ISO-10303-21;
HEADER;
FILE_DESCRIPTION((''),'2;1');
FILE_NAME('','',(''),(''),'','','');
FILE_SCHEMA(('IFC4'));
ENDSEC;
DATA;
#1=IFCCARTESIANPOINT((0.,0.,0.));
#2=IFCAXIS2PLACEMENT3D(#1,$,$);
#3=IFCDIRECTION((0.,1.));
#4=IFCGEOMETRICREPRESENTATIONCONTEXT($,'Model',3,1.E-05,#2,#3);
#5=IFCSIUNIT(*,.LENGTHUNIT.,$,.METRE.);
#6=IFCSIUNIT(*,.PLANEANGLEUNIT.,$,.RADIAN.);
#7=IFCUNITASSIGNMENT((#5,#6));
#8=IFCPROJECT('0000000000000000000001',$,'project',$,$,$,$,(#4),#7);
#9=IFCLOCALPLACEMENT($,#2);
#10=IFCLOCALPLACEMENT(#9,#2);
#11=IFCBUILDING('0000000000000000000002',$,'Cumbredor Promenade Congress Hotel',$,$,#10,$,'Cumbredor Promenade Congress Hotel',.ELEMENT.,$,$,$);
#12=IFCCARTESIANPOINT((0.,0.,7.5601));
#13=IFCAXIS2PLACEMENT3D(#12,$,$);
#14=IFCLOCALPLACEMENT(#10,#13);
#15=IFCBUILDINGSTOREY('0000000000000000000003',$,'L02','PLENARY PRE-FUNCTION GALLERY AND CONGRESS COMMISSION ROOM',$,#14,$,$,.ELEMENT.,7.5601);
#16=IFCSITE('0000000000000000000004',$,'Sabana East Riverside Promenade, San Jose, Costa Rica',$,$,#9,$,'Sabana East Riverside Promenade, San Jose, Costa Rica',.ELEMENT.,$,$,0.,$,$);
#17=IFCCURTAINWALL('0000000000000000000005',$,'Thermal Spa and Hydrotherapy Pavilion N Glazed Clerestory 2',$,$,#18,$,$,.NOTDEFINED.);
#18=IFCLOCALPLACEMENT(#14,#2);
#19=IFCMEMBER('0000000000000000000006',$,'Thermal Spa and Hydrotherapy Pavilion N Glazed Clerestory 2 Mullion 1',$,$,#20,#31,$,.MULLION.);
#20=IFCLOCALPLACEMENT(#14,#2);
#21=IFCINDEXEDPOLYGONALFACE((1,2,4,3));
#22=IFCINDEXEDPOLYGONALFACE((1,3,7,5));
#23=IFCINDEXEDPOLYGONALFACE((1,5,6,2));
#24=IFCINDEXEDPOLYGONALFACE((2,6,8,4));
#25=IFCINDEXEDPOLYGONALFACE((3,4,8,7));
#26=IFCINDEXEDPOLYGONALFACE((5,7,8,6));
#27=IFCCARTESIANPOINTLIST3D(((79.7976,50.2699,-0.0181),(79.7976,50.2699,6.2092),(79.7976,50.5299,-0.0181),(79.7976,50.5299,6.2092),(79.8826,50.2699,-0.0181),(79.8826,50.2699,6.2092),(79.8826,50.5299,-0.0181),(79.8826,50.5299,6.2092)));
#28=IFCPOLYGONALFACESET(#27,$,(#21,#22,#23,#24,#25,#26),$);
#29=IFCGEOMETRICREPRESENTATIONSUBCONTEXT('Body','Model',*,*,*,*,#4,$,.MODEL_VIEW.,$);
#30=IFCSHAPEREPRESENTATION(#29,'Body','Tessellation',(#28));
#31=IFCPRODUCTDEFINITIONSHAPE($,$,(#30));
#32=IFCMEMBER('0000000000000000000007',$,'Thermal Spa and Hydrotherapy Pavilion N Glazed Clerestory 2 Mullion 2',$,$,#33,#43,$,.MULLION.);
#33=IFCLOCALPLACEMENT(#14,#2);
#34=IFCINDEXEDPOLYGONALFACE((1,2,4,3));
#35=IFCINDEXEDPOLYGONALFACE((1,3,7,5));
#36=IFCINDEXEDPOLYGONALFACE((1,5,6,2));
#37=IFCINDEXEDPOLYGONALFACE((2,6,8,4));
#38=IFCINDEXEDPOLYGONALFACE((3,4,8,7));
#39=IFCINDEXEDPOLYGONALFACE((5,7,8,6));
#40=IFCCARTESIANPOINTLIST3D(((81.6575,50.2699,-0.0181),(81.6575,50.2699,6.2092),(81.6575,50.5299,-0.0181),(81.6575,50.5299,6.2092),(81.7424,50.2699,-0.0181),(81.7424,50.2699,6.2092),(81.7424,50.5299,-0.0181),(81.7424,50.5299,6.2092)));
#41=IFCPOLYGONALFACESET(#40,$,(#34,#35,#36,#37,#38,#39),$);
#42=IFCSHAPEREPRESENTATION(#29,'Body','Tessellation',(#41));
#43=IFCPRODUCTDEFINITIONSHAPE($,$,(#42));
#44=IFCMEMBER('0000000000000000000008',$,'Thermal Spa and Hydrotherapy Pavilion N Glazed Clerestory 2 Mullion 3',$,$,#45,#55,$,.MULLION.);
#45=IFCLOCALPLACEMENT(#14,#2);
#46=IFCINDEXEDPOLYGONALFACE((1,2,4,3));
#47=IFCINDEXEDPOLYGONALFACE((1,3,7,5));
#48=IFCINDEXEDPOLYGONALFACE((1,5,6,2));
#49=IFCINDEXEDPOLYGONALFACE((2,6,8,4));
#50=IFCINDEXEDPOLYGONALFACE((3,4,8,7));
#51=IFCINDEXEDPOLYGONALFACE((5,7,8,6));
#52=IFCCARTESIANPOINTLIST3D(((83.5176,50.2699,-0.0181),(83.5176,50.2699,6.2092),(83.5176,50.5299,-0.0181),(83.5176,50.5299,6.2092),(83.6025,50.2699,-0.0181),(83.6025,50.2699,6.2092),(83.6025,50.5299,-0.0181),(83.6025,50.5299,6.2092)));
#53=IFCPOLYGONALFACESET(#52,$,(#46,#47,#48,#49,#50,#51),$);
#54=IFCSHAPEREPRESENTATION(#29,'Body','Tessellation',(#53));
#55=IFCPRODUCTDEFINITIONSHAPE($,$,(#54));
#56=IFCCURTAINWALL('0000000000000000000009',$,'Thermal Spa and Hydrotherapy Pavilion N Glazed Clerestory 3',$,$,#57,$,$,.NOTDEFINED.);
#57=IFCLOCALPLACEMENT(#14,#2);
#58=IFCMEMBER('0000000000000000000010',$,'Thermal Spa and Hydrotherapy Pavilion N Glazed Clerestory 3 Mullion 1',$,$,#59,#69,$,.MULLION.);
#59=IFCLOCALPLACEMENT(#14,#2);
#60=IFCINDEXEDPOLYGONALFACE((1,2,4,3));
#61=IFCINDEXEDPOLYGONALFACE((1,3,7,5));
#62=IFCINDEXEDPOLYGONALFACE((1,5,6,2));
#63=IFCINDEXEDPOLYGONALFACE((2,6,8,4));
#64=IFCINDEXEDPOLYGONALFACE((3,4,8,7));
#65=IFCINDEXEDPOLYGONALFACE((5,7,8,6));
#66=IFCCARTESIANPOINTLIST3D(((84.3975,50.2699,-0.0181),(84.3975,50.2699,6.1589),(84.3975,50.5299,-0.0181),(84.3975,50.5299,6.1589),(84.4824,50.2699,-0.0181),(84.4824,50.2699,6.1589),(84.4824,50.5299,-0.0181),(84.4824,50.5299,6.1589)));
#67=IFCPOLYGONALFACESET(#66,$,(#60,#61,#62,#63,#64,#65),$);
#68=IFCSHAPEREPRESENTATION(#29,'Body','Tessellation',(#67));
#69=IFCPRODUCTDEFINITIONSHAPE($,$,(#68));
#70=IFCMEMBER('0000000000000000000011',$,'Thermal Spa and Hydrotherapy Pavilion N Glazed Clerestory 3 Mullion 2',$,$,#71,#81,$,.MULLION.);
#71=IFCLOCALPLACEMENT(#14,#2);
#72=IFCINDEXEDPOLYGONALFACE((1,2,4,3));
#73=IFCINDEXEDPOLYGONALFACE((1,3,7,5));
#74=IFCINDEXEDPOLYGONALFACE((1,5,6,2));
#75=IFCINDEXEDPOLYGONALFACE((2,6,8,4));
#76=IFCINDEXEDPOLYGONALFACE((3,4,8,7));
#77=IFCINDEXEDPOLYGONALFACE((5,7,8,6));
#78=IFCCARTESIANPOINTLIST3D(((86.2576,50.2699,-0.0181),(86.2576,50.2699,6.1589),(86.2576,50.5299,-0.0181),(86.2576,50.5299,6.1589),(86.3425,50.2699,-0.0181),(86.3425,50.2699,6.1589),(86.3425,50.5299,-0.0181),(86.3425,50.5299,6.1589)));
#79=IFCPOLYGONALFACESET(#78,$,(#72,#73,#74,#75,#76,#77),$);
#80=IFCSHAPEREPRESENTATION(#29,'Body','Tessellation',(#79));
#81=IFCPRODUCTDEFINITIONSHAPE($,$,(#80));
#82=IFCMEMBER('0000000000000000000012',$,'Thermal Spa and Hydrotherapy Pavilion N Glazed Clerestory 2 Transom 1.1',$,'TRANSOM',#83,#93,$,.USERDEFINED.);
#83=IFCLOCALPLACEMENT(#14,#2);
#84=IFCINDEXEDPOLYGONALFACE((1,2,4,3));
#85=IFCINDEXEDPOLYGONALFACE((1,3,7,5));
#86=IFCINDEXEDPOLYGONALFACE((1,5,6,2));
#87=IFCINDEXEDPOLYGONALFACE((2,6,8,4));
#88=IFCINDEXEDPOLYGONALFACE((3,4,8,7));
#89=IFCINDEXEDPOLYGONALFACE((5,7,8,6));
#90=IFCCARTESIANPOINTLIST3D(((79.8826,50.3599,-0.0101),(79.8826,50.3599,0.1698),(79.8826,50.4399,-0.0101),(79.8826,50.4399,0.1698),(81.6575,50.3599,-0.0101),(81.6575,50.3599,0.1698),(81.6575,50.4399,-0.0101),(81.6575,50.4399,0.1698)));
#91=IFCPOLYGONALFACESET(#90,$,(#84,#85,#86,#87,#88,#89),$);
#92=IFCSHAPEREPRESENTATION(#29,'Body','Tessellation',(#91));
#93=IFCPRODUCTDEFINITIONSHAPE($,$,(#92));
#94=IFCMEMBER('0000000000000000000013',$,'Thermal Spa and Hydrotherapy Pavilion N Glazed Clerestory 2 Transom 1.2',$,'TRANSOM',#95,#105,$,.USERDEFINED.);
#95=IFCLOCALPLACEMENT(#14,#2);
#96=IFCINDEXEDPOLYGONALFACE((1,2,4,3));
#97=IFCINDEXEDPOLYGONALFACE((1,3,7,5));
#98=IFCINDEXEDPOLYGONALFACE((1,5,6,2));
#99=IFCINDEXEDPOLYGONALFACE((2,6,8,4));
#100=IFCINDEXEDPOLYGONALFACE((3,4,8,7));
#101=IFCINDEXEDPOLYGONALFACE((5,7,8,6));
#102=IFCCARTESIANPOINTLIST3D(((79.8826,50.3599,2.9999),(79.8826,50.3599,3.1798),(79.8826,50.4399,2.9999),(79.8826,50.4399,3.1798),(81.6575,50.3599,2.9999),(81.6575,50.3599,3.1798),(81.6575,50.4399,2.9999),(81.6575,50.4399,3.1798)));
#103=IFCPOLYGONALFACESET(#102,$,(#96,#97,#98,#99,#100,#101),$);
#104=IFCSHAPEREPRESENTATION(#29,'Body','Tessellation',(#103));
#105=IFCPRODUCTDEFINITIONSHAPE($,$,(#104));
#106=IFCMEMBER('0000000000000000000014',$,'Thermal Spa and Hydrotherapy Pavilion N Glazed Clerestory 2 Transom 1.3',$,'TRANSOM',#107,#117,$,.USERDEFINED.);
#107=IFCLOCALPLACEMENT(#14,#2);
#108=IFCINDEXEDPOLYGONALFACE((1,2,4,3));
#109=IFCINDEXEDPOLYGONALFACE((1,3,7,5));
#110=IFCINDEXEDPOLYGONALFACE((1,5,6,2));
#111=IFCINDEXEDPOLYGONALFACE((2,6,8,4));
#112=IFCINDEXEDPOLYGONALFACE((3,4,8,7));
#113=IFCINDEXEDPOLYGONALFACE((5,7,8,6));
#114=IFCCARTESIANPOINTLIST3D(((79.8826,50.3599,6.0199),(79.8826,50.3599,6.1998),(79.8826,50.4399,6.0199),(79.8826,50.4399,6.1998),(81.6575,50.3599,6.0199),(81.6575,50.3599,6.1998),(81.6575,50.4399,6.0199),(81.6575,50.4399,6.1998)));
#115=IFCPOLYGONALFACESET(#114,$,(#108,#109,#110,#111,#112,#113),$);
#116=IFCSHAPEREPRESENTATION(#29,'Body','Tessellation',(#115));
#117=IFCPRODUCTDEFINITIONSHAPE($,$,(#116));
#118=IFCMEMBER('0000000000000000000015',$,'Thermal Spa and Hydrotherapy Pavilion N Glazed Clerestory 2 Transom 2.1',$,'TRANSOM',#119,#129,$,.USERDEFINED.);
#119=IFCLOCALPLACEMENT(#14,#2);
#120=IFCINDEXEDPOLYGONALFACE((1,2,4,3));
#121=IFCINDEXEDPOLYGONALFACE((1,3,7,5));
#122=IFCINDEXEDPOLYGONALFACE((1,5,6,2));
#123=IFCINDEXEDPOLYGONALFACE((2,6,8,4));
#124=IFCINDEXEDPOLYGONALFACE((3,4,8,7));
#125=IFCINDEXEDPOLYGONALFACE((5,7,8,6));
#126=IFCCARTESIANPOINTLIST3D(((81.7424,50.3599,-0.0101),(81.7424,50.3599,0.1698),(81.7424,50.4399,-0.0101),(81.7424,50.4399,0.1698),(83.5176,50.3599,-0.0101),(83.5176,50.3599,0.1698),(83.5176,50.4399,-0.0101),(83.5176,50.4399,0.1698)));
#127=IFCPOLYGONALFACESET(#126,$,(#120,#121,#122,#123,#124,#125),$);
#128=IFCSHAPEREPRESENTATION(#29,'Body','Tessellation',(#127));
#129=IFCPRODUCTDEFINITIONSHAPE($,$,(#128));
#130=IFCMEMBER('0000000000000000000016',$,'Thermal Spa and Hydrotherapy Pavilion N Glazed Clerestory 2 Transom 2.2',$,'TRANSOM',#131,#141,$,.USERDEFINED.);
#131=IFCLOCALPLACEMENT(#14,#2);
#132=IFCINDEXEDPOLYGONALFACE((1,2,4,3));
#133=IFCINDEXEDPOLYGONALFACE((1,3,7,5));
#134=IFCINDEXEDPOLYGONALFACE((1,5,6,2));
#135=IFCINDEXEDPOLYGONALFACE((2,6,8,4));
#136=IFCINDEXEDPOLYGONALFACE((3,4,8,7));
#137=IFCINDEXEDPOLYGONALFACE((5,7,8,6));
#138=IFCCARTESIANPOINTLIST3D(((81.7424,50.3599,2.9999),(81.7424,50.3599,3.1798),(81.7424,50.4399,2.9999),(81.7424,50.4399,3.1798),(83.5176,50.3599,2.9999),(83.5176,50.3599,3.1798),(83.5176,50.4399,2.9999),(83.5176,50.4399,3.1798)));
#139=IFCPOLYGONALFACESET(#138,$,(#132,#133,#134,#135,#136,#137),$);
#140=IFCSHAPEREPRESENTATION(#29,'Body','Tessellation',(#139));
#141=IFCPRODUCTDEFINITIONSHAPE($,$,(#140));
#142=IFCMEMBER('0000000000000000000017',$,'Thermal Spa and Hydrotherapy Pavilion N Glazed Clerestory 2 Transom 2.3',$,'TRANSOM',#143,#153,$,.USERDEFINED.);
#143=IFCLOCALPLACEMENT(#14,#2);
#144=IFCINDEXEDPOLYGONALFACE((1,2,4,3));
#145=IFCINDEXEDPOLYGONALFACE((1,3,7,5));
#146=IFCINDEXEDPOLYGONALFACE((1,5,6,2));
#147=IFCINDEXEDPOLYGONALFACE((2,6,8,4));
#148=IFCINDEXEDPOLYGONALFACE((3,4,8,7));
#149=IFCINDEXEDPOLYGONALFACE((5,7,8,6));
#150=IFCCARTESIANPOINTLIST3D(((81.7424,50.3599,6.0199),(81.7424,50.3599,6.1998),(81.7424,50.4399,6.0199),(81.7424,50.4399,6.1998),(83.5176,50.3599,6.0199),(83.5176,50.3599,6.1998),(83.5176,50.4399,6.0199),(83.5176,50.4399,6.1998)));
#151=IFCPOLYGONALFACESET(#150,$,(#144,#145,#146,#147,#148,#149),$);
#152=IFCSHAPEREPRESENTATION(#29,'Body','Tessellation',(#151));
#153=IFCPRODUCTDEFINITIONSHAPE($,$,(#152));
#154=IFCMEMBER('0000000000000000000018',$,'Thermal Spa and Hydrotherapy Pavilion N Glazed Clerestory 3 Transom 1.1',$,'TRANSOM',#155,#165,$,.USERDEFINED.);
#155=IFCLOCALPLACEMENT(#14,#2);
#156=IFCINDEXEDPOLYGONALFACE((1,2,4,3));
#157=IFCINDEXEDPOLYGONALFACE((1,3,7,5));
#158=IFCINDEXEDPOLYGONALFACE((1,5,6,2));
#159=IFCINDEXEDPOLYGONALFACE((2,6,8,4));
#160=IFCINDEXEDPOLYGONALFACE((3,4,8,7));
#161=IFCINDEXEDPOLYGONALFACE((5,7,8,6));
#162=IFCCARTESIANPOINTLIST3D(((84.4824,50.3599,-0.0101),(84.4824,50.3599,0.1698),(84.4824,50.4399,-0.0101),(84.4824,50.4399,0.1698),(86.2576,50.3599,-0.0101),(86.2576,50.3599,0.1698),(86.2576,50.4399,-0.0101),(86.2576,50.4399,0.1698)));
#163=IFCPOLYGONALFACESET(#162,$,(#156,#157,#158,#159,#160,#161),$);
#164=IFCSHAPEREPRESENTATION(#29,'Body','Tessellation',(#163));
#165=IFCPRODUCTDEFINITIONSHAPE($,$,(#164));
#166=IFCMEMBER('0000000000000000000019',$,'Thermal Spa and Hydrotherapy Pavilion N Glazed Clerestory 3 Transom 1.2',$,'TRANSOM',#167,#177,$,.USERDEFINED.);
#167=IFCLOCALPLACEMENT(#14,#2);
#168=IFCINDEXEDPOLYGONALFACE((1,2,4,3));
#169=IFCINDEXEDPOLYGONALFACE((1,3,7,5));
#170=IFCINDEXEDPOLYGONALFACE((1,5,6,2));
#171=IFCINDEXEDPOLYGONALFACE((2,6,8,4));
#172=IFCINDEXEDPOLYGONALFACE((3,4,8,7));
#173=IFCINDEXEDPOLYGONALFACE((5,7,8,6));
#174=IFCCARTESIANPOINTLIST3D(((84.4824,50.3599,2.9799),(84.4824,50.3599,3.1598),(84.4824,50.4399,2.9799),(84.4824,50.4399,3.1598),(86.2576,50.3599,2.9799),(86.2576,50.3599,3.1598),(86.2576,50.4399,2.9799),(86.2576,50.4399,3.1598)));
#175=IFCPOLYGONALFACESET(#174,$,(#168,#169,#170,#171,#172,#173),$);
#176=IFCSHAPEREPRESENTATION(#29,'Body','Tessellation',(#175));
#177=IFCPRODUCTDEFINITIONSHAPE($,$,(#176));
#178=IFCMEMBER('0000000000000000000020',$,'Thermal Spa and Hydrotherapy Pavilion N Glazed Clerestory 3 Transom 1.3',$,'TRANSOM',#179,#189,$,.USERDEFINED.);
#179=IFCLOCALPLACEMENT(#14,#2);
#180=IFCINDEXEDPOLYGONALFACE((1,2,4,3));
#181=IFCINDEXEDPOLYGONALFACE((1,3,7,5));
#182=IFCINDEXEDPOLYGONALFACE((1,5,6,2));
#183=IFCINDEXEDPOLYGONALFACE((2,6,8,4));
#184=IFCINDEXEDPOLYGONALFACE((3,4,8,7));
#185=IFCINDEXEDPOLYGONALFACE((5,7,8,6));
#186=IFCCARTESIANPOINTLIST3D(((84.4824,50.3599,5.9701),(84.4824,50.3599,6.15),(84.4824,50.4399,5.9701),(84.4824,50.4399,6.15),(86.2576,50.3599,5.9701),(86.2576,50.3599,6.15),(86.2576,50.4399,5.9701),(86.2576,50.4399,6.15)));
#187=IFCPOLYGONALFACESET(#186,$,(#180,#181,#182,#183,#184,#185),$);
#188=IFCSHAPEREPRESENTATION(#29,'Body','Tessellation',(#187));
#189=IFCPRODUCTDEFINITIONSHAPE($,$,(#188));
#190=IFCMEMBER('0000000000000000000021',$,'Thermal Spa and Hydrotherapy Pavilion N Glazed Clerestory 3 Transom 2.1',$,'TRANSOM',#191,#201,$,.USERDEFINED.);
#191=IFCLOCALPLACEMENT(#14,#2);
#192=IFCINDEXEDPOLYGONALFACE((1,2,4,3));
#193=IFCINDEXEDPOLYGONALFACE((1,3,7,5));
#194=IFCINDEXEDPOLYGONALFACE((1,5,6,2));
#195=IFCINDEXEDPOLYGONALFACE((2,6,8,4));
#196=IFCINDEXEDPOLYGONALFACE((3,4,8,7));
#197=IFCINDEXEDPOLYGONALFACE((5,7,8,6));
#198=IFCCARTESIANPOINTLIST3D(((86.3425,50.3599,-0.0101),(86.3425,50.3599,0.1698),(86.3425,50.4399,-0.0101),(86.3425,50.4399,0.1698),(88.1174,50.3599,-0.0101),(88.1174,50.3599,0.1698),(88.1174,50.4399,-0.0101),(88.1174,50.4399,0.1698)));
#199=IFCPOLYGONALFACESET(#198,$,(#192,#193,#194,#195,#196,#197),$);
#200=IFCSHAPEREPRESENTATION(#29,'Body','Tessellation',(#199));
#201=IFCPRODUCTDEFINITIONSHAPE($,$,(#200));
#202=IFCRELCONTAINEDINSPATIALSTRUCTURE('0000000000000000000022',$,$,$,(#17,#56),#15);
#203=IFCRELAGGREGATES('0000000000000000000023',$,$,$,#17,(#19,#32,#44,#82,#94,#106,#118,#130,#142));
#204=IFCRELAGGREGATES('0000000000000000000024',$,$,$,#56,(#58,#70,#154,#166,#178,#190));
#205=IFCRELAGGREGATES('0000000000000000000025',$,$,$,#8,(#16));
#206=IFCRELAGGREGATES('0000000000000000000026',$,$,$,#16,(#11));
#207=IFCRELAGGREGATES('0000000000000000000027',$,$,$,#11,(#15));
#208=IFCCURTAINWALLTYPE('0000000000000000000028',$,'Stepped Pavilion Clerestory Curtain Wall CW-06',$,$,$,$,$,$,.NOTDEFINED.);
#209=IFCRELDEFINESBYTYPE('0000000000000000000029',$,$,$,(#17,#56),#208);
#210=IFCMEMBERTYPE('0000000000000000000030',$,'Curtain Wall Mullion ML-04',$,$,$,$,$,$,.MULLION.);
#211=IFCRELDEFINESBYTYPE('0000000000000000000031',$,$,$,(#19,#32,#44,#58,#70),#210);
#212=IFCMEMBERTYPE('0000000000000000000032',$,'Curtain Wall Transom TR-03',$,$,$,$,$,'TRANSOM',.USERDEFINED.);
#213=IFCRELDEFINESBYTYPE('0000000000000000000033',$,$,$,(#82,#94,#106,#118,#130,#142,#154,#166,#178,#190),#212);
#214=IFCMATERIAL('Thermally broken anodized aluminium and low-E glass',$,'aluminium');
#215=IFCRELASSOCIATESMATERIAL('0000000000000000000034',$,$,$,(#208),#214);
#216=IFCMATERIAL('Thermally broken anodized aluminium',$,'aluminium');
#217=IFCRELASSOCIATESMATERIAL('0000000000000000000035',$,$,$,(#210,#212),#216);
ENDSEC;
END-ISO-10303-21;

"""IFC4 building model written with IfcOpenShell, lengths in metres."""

from ifc_helpers import new_model, si_unit, direction, frame, origin, origin_2d, place, context, subcontext, project, spatial, rectangle, extrude, material, material_profile, profile_set, type_object, element, aggregate, save


model = new_model("IFC4")

# Units and contexts
model_context = context("Model", 3, precision=1e-05, world=origin(), true_north=direction((0.0, 1.0)))
body_context = subcontext(model_context, "Body", "Model", "MODEL_VIEW")
ifc_project = project(units=[si_unit("LENGTHUNIT", "METRE"), si_unit("PLANEANGLEUNIT", "RADIAN")], contexts=[model_context])

# Site, building, storey
site_placement = place(None, origin())
site = spatial("IfcSite", under=ifc_project, at=site_placement, Name="Sabana East Riverside Promenade, San Jose, Costa Rica", LongName="Sabana East Riverside Promenade, San Jose, Costa Rica", CompositionType="ELEMENT", RefElevation=0.0)
building_placement = place(site_placement, origin())
building = spatial("IfcBuilding", under=site, at=building_placement, Name="Cumbredor Promenade Congress Hotel", LongName="Cumbredor Promenade Congress Hotel", CompositionType="ELEMENT")
storey_placement = place(building_placement, frame((0.0, 0.0, 7.5601)))
storey = spatial("IfcBuildingStorey", under=building, at=storey_placement, Name="L02", Description="PLENARY PRE-FUNCTION GALLERY AND CONGRESS COMMISSION ROOM", CompositionType="ELEMENT", Elevation=7.5601)

# Curtain walls, members
ifc_material_1 = material(Name="Thermally broken anodized aluminium and low-E glass", Category="aluminium")
curtain_wall_type = type_object("IfcCurtainWallType", Name="Stepped Pavilion Clerestory Curtain Wall CW-06", PredefinedType="NOTDEFINED", material=ifc_material_1)
curtain_wall_1_placement = place(storey_placement, origin())
curtain_wall_1 = element("IfcCurtainWall", 1, at=curtain_wall_1_placement, inside=storey, type_object=curtain_wall_type, Name="Thermal Spa and Hydrotherapy Pavilion N Glazed Clerestory 2", PredefinedType="NOTDEFINED")
ifc_material_2 = material(Name="Thermally broken anodized aluminium", Category="aluminium")
ifc_material_profile_1 = material_profile(ifc_material_2, rectangle(XDim=0.085, YDim=0.26, at=origin_2d()), Name="ALU MULLION CLERESTORY 85x260")
ifc_profile_set_1 = profile_set([ifc_material_profile_1], Name="Thermally broken anodized aluminium")
member_type_1 = type_object("IfcMemberType", Name="Curtain Wall Mullion ML-04", PredefinedType="MULLION", material=ifc_profile_set_1)
member_1_placement = place(storey_placement, frame((79.8401, 50.3999, -0.0181), z_axis=(0.0, 0.0, 1.0), x_axis=(1.0, 0.0, 0.0)))
member_1 = element("IfcMember", 2, at=member_1_placement, type_object=member_type_1, Name="Thermal Spa and Hydrotherapy Pavilion N Glazed Clerestory 2 Mullion 1", PredefinedType="MULLION", context=body_context, shape_type="SweptSolid", body=[
    extrude(rectangle(XDim=0.085, YDim=0.26, at=origin_2d()), origin(), (0.0, 0.0, 1.0), 6.2273),
])
member_2_placement = place(storey_placement, frame((81.7, 50.3999, -0.0181), z_axis=(0.0, 0.0, 1.0), x_axis=(1.0, 0.0, 0.0)))
member_2 = element("IfcMember", 3, at=member_2_placement, type_object=member_type_1, Name="Thermal Spa and Hydrotherapy Pavilion N Glazed Clerestory 2 Mullion 2", PredefinedType="MULLION", context=body_context, shape_type="SweptSolid", body=[
    extrude(rectangle(XDim=0.085, YDim=0.26, at=origin_2d()), origin(), (0.0, 0.0, 1.0), 6.2273),
])
member_3_placement = place(storey_placement, frame((83.5601, 50.3999, -0.0181), z_axis=(0.0, 0.0, 1.0), x_axis=(1.0, 0.0, 0.0)))
member_3 = element("IfcMember", 4, at=member_3_placement, type_object=member_type_1, Name="Thermal Spa and Hydrotherapy Pavilion N Glazed Clerestory 2 Mullion 3", PredefinedType="MULLION", context=body_context, shape_type="SweptSolid", body=[
    extrude(rectangle(XDim=0.085, YDim=0.26, at=origin_2d()), origin(), (0.0, 0.0, 1.0), 6.2273),
])
curtain_wall_2_placement = place(storey_placement, origin())
curtain_wall_2 = element("IfcCurtainWall", 5, at=curtain_wall_2_placement, inside=storey, type_object=curtain_wall_type, Name="Thermal Spa and Hydrotherapy Pavilion N Glazed Clerestory 3", PredefinedType="NOTDEFINED")
member_4_placement = place(storey_placement, frame((84.4399, 50.3999, -0.0181), z_axis=(0.0, 0.0, 1.0), x_axis=(1.0, 0.0, 0.0)))
member_4 = element("IfcMember", 6, at=member_4_placement, type_object=member_type_1, Name="Thermal Spa and Hydrotherapy Pavilion N Glazed Clerestory 3 Mullion 1", PredefinedType="MULLION", context=body_context, shape_type="SweptSolid", body=[
    extrude(rectangle(XDim=0.085, YDim=0.26, at=origin_2d()), origin(), (0.0, 0.0, 1.0), 6.177),
])
member_5_placement = place(storey_placement, frame((86.3, 50.3999, -0.0181), z_axis=(0.0, 0.0, 1.0), x_axis=(1.0, 0.0, 0.0)))
member_5 = element("IfcMember", 7, at=member_5_placement, type_object=member_type_1, Name="Thermal Spa and Hydrotherapy Pavilion N Glazed Clerestory 3 Mullion 2", PredefinedType="MULLION", context=body_context, shape_type="SweptSolid", body=[
    extrude(rectangle(XDim=0.085, YDim=0.26, at=origin_2d()), origin(), (0.0, 0.0, 1.0), 6.177),
])

# Members
ifc_material_profile_2 = material_profile(ifc_material_2, rectangle(XDim=0.0801, YDim=0.1799, at=origin_2d()), Name="ALU TRANSOM 80x180")
ifc_profile_set_2 = profile_set([ifc_material_profile_2], Name="Thermally broken anodized aluminium")
member_type_2 = type_object("IfcMemberType", Name="Curtain Wall Transom TR-03", ElementType="TRANSOM", PredefinedType="USERDEFINED", material=ifc_profile_set_2)
member_6_placement = place(storey_placement, frame((79.8826, 50.3999, 0.0798), z_axis=(1.0, 0.0, 0.0), x_axis=(0.0, 1.0, 0.0)))
member_6 = element("IfcMember", 8, at=member_6_placement, type_object=member_type_2, Name="Thermal Spa and Hydrotherapy Pavilion N Glazed Clerestory 2 Transom 1.1", ObjectType="TRANSOM", PredefinedType="USERDEFINED", context=body_context, shape_type="SweptSolid", body=[
    extrude(rectangle(XDim=0.0801, YDim=0.1799, at=origin_2d()), origin(), (0.0, 0.0, 1.0), 1.7749),
])
member_7_placement = place(storey_placement, frame((79.8826, 50.3999, 3.0898), z_axis=(1.0, 0.0, 0.0), x_axis=(0.0, 1.0, 0.0)))
member_7 = element("IfcMember", 9, at=member_7_placement, type_object=member_type_2, Name="Thermal Spa and Hydrotherapy Pavilion N Glazed Clerestory 2 Transom 1.2", ObjectType="TRANSOM", PredefinedType="USERDEFINED", context=body_context, shape_type="SweptSolid", body=[
    extrude(rectangle(XDim=0.0801, YDim=0.1799, at=origin_2d()), origin(), (0.0, 0.0, 1.0), 1.7749),
])
member_8_placement = place(storey_placement, frame((79.8826, 50.3999, 6.1099), z_axis=(1.0, 0.0, 0.0), x_axis=(0.0, 1.0, 0.0)))
member_8 = element("IfcMember", 10, at=member_8_placement, type_object=member_type_2, Name="Thermal Spa and Hydrotherapy Pavilion N Glazed Clerestory 2 Transom 1.3", ObjectType="TRANSOM", PredefinedType="USERDEFINED", context=body_context, shape_type="SweptSolid", body=[
    extrude(rectangle(XDim=0.0801, YDim=0.1799, at=origin_2d()), origin(), (0.0, 0.0, 1.0), 1.7749),
])
member_9_placement = place(storey_placement, frame((81.7424, 50.3999, 0.0798), z_axis=(1.0, 0.0, 0.0), x_axis=(0.0, 1.0, 0.0)))
member_9 = element("IfcMember", 11, at=member_9_placement, type_object=member_type_2, Name="Thermal Spa and Hydrotherapy Pavilion N Glazed Clerestory 2 Transom 2.1", ObjectType="TRANSOM", PredefinedType="USERDEFINED", context=body_context, shape_type="SweptSolid", body=[
    extrude(rectangle(XDim=0.0801, YDim=0.1799, at=origin_2d()), origin(), (0.0, 0.0, 1.0), 1.7751),
])
member_10_placement = place(storey_placement, frame((81.7424, 50.3999, 3.0898), z_axis=(1.0, 0.0, 0.0), x_axis=(0.0, 1.0, 0.0)))
member_10 = element("IfcMember", 12, at=member_10_placement, type_object=member_type_2, Name="Thermal Spa and Hydrotherapy Pavilion N Glazed Clerestory 2 Transom 2.2", ObjectType="TRANSOM", PredefinedType="USERDEFINED", context=body_context, shape_type="SweptSolid", body=[
    extrude(rectangle(XDim=0.0801, YDim=0.1799, at=origin_2d()), origin(), (0.0, 0.0, 1.0), 1.7751),
])
member_11_placement = place(storey_placement, frame((81.7424, 50.3999, 6.1099), z_axis=(1.0, 0.0, 0.0), x_axis=(0.0, 1.0, 0.0)))
member_11 = element("IfcMember", 13, at=member_11_placement, type_object=member_type_2, Name="Thermal Spa and Hydrotherapy Pavilion N Glazed Clerestory 2 Transom 2.3", ObjectType="TRANSOM", PredefinedType="USERDEFINED", context=body_context, shape_type="SweptSolid", body=[
    extrude(rectangle(XDim=0.0801, YDim=0.1799, at=origin_2d()), origin(), (0.0, 0.0, 1.0), 1.7751),
])
member_12_placement = place(storey_placement, frame((84.4824, 50.3999, 0.0798), z_axis=(1.0, 0.0, 0.0), x_axis=(0.0, 1.0, 0.0)))
member_12 = element("IfcMember", 14, at=member_12_placement, type_object=member_type_2, Name="Thermal Spa and Hydrotherapy Pavilion N Glazed Clerestory 3 Transom 1.1", ObjectType="TRANSOM", PredefinedType="USERDEFINED", context=body_context, shape_type="SweptSolid", body=[
    extrude(rectangle(XDim=0.0801, YDim=0.1799, at=origin_2d()), origin(), (0.0, 0.0, 1.0), 1.7751),
])
member_13_placement = place(storey_placement, frame((84.4824, 50.3999, 3.0698), z_axis=(1.0, 0.0, 0.0), x_axis=(0.0, 1.0, 0.0)))
member_13 = element("IfcMember", 15, at=member_13_placement, type_object=member_type_2, Name="Thermal Spa and Hydrotherapy Pavilion N Glazed Clerestory 3 Transom 1.2", ObjectType="TRANSOM", PredefinedType="USERDEFINED", context=body_context, shape_type="SweptSolid", body=[
    extrude(rectangle(XDim=0.0801, YDim=0.1799, at=origin_2d()), origin(), (0.0, 0.0, 1.0), 1.7751),
])
member_14_placement = place(storey_placement, frame((84.4824, 50.3999, 6.0601), z_axis=(1.0, 0.0, 0.0), x_axis=(0.0, 1.0, 0.0)))
member_14 = element("IfcMember", 16, at=member_14_placement, type_object=member_type_2, Name="Thermal Spa and Hydrotherapy Pavilion N Glazed Clerestory 3 Transom 1.3", ObjectType="TRANSOM", PredefinedType="USERDEFINED", context=body_context, shape_type="SweptSolid", body=[
    extrude(rectangle(XDim=0.0801, YDim=0.1799, at=origin_2d()), origin(), (0.0, 0.0, 1.0), 1.7751),
])
member_15_placement = place(storey_placement, frame((86.3425, 50.3999, 0.0798), z_axis=(1.0, 0.0, 0.0), x_axis=(0.0, 1.0, 0.0)))
member_15 = element("IfcMember", 17, at=member_15_placement, type_object=member_type_2, Name="Thermal Spa and Hydrotherapy Pavilion N Glazed Clerestory 3 Transom 2.1", ObjectType="TRANSOM", PredefinedType="USERDEFINED", context=body_context, shape_type="SweptSolid", body=[
    extrude(rectangle(XDim=0.0801, YDim=0.1799, at=origin_2d()), origin(), (0.0, 0.0, 1.0), 1.7749),
])

aggregate(curtain_wall_1, [member_1, member_2, member_3, member_6, member_7, member_8, member_9, member_10, member_11])
aggregate(curtain_wall_2, [member_4, member_5, member_12, member_13, member_14, member_15])

save(model, "model.ifc")
